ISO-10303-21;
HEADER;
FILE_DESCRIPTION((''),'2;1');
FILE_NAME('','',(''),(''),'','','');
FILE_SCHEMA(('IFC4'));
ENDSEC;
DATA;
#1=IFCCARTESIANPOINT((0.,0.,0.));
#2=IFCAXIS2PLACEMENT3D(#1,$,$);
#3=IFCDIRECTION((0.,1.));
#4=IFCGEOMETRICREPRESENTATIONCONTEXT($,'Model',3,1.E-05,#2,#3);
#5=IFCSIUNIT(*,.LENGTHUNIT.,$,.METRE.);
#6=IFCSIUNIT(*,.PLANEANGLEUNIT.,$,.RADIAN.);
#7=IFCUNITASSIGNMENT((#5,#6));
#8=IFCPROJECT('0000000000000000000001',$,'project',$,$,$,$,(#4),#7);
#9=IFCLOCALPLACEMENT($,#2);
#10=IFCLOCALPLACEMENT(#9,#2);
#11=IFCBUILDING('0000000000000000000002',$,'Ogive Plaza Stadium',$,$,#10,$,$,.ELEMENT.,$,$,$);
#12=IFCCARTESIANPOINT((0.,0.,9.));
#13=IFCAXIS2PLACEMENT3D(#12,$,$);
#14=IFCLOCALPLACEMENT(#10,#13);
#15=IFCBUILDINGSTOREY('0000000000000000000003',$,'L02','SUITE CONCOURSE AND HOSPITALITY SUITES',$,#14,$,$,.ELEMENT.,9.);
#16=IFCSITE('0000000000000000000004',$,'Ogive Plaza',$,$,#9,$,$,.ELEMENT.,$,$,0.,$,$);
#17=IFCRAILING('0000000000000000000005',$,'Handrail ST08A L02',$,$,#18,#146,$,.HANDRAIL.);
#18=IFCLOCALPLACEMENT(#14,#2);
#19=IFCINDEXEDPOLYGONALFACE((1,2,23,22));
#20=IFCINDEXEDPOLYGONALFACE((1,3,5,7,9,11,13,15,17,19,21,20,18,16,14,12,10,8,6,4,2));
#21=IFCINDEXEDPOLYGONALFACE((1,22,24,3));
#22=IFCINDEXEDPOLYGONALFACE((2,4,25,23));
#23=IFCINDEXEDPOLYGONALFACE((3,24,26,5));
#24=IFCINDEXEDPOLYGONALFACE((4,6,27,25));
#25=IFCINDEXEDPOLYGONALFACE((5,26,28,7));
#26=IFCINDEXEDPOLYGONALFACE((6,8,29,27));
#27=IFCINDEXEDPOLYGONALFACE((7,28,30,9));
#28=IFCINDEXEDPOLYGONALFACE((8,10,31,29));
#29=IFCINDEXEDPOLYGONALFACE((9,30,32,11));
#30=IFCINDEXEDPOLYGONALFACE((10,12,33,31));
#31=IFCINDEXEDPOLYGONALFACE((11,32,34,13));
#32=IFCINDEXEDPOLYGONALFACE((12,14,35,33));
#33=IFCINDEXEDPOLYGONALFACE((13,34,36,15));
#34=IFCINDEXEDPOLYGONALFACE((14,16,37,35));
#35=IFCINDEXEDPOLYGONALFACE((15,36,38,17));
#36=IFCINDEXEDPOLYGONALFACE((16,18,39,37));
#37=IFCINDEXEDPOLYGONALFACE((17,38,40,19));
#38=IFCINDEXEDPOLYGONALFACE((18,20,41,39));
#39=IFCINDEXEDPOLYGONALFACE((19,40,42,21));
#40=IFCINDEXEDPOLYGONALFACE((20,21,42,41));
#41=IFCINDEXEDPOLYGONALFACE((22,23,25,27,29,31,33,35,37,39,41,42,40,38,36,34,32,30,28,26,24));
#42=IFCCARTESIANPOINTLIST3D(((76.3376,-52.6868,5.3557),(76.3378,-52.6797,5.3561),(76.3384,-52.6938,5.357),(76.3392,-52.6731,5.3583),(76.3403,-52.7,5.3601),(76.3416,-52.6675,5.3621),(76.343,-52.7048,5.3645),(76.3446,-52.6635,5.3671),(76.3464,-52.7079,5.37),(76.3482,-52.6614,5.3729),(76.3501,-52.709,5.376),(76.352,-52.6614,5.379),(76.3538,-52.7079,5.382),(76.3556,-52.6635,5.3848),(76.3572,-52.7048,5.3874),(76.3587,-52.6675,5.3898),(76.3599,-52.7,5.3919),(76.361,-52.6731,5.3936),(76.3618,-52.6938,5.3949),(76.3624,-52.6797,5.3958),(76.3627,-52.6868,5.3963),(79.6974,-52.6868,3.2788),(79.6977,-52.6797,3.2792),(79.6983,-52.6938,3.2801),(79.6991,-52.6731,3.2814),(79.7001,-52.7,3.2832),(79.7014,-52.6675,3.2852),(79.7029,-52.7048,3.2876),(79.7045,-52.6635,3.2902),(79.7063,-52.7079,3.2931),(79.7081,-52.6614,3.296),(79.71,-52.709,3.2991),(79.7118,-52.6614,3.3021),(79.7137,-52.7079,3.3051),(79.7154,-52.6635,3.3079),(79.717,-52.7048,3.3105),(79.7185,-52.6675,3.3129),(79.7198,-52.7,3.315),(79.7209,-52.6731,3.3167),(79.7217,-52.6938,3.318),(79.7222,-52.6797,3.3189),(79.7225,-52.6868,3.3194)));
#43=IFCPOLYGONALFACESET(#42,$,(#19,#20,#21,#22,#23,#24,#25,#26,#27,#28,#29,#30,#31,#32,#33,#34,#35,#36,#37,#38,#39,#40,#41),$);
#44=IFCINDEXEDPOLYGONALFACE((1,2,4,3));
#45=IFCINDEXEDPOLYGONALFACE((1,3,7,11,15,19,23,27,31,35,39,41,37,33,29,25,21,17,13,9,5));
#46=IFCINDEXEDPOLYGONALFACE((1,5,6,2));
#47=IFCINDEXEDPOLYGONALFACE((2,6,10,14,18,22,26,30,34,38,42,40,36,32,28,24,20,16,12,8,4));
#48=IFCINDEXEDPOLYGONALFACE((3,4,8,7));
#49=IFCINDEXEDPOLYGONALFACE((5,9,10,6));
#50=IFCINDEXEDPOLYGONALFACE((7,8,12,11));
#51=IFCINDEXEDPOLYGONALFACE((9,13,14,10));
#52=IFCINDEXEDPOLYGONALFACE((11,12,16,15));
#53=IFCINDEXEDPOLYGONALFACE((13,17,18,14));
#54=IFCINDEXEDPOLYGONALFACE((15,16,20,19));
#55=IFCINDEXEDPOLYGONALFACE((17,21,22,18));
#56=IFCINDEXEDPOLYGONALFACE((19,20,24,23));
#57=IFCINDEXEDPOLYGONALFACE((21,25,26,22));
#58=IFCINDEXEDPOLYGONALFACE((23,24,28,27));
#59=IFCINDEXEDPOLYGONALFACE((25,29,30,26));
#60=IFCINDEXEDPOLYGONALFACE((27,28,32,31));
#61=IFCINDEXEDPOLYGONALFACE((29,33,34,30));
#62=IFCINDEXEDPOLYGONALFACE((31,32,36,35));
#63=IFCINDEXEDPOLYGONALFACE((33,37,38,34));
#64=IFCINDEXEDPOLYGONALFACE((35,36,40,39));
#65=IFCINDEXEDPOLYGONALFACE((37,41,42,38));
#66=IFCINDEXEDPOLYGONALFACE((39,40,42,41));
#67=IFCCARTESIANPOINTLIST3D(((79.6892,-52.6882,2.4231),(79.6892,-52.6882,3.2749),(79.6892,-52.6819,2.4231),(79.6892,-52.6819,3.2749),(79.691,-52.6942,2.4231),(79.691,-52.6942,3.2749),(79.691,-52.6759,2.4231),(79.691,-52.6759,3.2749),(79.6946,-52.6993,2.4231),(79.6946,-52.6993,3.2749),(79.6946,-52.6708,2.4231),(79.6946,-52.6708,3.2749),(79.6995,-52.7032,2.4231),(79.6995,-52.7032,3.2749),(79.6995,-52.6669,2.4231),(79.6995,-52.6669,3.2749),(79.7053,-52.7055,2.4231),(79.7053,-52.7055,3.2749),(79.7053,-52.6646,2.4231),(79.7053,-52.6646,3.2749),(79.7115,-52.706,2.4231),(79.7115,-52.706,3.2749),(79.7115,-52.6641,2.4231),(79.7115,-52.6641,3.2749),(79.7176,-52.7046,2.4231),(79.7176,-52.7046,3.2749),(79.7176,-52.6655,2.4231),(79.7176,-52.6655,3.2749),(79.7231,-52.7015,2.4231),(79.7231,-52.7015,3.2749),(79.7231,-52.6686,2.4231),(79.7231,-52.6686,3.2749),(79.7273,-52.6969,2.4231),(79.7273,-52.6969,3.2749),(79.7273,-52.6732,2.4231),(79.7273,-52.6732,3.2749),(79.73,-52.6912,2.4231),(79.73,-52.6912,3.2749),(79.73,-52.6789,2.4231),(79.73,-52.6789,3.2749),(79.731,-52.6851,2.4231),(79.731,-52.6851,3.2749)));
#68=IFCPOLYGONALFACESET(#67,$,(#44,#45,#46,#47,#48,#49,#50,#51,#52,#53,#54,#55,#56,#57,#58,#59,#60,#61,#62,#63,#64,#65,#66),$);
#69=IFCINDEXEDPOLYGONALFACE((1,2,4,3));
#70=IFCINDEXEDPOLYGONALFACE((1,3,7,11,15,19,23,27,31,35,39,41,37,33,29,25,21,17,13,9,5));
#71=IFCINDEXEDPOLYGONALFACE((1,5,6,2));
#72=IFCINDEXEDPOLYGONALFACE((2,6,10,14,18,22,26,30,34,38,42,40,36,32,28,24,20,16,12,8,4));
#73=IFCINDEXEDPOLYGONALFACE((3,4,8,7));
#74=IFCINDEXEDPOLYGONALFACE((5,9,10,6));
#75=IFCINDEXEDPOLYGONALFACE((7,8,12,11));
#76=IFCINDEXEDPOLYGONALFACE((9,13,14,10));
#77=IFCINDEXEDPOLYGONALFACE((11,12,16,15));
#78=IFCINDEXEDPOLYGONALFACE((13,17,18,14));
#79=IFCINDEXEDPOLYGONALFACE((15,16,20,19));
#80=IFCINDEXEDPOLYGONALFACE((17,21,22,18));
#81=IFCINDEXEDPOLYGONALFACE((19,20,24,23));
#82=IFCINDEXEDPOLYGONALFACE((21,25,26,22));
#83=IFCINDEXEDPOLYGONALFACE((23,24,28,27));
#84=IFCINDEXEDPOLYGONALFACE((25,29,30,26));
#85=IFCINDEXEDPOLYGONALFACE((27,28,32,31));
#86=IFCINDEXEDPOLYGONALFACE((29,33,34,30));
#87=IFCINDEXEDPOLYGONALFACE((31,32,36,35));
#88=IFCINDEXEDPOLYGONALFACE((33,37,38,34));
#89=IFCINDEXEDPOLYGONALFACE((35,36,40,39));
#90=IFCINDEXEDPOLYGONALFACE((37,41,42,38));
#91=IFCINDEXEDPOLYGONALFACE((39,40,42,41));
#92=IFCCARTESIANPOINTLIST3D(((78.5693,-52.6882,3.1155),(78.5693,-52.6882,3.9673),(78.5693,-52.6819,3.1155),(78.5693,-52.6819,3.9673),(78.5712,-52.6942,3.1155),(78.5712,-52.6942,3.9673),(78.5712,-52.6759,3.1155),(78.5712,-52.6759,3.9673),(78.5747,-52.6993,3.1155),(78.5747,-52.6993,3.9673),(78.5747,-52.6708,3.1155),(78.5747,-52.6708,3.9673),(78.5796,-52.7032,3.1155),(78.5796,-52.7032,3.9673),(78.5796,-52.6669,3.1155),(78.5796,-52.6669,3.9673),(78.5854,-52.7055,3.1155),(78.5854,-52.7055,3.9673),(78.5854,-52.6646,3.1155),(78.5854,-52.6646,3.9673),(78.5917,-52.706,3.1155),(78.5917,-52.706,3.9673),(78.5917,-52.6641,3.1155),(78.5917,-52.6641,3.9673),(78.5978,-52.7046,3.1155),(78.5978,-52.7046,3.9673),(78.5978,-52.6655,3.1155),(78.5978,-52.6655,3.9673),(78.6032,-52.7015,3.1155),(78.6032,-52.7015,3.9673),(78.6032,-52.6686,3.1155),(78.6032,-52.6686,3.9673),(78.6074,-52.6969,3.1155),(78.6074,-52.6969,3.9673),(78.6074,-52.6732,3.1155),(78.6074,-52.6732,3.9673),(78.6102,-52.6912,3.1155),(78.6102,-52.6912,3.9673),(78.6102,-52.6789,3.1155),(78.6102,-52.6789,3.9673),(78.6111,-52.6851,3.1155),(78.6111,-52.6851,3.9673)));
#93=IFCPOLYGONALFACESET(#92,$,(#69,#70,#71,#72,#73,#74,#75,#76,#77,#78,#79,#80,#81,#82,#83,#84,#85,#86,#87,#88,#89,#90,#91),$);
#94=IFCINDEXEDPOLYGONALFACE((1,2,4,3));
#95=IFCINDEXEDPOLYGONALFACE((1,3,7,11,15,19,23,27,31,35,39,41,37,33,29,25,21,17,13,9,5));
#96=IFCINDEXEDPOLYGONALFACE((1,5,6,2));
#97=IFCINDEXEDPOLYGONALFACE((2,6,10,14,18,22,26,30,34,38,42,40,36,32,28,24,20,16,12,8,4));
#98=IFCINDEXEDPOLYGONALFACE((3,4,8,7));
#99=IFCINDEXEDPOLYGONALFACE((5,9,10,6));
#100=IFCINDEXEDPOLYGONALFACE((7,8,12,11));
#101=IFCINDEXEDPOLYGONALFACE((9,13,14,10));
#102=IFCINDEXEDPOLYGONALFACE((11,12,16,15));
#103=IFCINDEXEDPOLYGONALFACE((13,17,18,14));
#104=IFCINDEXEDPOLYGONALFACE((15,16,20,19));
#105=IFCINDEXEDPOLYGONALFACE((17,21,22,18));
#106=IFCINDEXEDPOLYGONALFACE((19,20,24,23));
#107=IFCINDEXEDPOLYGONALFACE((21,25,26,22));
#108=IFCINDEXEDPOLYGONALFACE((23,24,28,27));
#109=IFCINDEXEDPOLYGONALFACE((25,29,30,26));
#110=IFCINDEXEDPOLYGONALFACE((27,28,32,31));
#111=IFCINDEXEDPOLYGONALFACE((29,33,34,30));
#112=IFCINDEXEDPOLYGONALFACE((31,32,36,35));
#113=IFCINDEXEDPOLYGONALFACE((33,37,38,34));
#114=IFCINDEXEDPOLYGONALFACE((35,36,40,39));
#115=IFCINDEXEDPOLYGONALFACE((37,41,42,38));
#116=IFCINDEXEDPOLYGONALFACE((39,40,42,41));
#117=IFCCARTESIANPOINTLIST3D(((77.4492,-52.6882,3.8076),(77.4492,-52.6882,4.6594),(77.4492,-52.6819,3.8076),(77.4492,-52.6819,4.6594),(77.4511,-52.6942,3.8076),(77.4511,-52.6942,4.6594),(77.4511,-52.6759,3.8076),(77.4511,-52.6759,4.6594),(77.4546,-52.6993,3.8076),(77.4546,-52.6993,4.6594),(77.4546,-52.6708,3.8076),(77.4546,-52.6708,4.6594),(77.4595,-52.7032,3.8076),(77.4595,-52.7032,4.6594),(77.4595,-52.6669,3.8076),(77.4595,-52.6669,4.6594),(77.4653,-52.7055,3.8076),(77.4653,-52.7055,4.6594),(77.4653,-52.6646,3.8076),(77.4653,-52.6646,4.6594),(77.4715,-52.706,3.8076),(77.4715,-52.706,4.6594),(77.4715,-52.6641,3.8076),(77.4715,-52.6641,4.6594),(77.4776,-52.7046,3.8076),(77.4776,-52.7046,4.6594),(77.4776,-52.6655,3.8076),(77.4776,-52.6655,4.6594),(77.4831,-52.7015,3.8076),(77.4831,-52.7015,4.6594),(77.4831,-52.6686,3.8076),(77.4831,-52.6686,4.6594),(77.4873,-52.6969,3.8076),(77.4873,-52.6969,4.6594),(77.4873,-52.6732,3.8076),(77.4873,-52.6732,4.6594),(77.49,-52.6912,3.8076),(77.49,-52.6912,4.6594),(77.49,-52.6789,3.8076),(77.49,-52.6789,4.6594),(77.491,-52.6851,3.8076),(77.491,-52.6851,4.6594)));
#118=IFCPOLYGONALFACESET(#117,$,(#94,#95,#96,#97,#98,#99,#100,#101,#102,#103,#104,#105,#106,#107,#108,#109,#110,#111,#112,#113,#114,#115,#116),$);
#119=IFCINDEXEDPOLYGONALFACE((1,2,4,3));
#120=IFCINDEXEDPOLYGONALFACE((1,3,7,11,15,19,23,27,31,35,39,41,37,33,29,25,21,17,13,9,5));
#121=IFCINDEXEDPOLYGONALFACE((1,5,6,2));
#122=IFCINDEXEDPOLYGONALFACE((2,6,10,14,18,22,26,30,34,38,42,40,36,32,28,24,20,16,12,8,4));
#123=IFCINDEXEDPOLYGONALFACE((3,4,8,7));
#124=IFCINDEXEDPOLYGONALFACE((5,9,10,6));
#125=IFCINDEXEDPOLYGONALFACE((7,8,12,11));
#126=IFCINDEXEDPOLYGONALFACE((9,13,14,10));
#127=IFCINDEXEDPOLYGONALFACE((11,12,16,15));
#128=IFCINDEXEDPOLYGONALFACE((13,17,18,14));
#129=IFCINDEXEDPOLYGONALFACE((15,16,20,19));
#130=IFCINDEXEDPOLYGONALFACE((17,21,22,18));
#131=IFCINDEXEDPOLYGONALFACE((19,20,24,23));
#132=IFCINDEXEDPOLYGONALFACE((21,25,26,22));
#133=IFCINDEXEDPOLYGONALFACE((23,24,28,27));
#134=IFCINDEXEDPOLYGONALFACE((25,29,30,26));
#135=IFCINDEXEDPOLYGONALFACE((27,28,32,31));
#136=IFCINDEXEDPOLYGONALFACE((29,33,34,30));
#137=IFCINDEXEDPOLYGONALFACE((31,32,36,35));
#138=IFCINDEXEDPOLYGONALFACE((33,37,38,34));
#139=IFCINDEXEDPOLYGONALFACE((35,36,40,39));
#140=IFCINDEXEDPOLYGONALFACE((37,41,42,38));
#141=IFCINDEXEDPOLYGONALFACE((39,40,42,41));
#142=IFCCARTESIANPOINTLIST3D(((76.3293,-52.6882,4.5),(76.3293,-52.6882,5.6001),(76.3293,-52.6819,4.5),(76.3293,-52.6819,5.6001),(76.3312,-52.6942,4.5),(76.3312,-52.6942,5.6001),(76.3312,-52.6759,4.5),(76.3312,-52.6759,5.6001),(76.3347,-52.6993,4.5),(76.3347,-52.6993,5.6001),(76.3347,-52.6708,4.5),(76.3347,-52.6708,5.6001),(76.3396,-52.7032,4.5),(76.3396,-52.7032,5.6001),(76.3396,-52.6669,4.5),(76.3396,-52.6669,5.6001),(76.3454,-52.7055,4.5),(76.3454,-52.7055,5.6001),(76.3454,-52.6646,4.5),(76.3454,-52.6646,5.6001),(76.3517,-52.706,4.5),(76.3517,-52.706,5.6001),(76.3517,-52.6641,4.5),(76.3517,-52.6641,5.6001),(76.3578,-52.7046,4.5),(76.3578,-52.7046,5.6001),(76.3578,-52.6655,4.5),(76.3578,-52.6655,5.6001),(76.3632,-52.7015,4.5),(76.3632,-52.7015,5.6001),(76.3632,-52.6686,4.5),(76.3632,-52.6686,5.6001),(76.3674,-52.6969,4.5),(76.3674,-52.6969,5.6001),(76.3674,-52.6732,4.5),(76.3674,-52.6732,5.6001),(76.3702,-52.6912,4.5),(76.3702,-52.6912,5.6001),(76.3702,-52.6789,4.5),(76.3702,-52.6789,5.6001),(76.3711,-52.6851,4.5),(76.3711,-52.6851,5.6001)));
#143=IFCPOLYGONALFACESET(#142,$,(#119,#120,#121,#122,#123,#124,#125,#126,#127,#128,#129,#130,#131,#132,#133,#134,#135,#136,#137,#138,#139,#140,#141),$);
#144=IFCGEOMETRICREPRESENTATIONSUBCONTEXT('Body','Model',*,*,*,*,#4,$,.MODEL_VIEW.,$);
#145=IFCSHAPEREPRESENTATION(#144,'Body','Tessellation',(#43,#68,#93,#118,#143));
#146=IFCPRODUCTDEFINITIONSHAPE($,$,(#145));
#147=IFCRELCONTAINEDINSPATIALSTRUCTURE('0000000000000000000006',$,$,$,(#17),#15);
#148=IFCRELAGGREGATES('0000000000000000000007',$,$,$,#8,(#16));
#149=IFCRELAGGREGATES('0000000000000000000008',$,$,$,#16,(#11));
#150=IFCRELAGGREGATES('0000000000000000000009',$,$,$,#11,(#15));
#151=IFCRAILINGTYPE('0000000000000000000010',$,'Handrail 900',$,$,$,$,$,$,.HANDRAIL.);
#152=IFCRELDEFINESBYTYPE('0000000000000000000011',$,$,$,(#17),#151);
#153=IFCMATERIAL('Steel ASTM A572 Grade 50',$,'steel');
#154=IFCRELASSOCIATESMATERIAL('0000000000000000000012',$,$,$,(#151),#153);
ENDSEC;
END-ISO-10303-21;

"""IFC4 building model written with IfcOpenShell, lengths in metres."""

from ifc_helpers import new_model, si_unit, direction, frame, origin, origin_2d, place, context, subcontext, project, spatial, circle, extrude, material, type_object, element, save


model = new_model("IFC4")

# Units and contexts
model_context = context("Model", 3, precision=1e-05, world=origin(), true_north=direction((0.0, 1.0)))
body_context = subcontext(model_context, "Body", "Model", "MODEL_VIEW")
ifc_project = project(units=[si_unit("LENGTHUNIT", "METRE"), si_unit("PLANEANGLEUNIT", "RADIAN")], contexts=[model_context])

# Site, building, storey
site_placement = place(None, origin())
site = spatial("IfcSite", under=ifc_project, at=site_placement, Name="Ogive Plaza", CompositionType="ELEMENT", RefElevation=0.0)
building_placement = place(site_placement, origin())
building = spatial("IfcBuilding", under=site, at=building_placement, Name="Ogive Plaza Stadium", CompositionType="ELEMENT")
storey_placement = place(building_placement, frame((0.0, 0.0, 9.0)))
storey = spatial("IfcBuildingStorey", under=building, at=storey_placement, Name="L02", Description="SUITE CONCOURSE AND HOSPITALITY SUITES", CompositionType="ELEMENT", Elevation=9.0)

# Railing
ifc_material_1 = material(Name="Steel ASTM A572 Grade 50", Category="steel")
railing_type_1 = type_object("IfcRailingType", Name="Handrail 900", PredefinedType="HANDRAIL", material=ifc_material_1)
for number, where, name in (
    (1, (79.71, -52.6851, 2.4231), "Handrail ST08A L02"),
):
    element("IfcRailing", number, at=place(storey_placement, frame(where)), inside=storey, type_object=railing_type_1, Name=name, PredefinedType="HANDRAIL", context=body_context, shape_type="SweptSolid", body=[
        extrude(circle(Radius=0.0239, at=origin_2d()), frame((0.0, 0.0, 0.876), z_axis=(-0.850606, 0.0, 0.525803), x_axis=(0.0, -1.0, 0.0)), (0.0, 0.0, 1.0), 3.95),
        extrude(circle(Radius=0.021, at=origin_2d()), origin(), (0.0, 0.0, 1.0), 0.8518),
        extrude(circle(Radius=0.021, at=origin_2d()), frame((-1.1199, 0.0, 0.6924)), (0.0, 0.0, 1.0), 0.8518),
        extrude(circle(Radius=0.021, at=origin_2d()), frame((-2.24, 0.0, 1.3845)), (0.0, 0.0, 1.0), 0.8518),
        extrude(circle(Radius=0.021, at=origin_2d()), frame((-3.3599, 0.0, 2.0769)), (0.0, 0.0, 1.0), 1.1001),
    ])

save(model, "model.ifc")
